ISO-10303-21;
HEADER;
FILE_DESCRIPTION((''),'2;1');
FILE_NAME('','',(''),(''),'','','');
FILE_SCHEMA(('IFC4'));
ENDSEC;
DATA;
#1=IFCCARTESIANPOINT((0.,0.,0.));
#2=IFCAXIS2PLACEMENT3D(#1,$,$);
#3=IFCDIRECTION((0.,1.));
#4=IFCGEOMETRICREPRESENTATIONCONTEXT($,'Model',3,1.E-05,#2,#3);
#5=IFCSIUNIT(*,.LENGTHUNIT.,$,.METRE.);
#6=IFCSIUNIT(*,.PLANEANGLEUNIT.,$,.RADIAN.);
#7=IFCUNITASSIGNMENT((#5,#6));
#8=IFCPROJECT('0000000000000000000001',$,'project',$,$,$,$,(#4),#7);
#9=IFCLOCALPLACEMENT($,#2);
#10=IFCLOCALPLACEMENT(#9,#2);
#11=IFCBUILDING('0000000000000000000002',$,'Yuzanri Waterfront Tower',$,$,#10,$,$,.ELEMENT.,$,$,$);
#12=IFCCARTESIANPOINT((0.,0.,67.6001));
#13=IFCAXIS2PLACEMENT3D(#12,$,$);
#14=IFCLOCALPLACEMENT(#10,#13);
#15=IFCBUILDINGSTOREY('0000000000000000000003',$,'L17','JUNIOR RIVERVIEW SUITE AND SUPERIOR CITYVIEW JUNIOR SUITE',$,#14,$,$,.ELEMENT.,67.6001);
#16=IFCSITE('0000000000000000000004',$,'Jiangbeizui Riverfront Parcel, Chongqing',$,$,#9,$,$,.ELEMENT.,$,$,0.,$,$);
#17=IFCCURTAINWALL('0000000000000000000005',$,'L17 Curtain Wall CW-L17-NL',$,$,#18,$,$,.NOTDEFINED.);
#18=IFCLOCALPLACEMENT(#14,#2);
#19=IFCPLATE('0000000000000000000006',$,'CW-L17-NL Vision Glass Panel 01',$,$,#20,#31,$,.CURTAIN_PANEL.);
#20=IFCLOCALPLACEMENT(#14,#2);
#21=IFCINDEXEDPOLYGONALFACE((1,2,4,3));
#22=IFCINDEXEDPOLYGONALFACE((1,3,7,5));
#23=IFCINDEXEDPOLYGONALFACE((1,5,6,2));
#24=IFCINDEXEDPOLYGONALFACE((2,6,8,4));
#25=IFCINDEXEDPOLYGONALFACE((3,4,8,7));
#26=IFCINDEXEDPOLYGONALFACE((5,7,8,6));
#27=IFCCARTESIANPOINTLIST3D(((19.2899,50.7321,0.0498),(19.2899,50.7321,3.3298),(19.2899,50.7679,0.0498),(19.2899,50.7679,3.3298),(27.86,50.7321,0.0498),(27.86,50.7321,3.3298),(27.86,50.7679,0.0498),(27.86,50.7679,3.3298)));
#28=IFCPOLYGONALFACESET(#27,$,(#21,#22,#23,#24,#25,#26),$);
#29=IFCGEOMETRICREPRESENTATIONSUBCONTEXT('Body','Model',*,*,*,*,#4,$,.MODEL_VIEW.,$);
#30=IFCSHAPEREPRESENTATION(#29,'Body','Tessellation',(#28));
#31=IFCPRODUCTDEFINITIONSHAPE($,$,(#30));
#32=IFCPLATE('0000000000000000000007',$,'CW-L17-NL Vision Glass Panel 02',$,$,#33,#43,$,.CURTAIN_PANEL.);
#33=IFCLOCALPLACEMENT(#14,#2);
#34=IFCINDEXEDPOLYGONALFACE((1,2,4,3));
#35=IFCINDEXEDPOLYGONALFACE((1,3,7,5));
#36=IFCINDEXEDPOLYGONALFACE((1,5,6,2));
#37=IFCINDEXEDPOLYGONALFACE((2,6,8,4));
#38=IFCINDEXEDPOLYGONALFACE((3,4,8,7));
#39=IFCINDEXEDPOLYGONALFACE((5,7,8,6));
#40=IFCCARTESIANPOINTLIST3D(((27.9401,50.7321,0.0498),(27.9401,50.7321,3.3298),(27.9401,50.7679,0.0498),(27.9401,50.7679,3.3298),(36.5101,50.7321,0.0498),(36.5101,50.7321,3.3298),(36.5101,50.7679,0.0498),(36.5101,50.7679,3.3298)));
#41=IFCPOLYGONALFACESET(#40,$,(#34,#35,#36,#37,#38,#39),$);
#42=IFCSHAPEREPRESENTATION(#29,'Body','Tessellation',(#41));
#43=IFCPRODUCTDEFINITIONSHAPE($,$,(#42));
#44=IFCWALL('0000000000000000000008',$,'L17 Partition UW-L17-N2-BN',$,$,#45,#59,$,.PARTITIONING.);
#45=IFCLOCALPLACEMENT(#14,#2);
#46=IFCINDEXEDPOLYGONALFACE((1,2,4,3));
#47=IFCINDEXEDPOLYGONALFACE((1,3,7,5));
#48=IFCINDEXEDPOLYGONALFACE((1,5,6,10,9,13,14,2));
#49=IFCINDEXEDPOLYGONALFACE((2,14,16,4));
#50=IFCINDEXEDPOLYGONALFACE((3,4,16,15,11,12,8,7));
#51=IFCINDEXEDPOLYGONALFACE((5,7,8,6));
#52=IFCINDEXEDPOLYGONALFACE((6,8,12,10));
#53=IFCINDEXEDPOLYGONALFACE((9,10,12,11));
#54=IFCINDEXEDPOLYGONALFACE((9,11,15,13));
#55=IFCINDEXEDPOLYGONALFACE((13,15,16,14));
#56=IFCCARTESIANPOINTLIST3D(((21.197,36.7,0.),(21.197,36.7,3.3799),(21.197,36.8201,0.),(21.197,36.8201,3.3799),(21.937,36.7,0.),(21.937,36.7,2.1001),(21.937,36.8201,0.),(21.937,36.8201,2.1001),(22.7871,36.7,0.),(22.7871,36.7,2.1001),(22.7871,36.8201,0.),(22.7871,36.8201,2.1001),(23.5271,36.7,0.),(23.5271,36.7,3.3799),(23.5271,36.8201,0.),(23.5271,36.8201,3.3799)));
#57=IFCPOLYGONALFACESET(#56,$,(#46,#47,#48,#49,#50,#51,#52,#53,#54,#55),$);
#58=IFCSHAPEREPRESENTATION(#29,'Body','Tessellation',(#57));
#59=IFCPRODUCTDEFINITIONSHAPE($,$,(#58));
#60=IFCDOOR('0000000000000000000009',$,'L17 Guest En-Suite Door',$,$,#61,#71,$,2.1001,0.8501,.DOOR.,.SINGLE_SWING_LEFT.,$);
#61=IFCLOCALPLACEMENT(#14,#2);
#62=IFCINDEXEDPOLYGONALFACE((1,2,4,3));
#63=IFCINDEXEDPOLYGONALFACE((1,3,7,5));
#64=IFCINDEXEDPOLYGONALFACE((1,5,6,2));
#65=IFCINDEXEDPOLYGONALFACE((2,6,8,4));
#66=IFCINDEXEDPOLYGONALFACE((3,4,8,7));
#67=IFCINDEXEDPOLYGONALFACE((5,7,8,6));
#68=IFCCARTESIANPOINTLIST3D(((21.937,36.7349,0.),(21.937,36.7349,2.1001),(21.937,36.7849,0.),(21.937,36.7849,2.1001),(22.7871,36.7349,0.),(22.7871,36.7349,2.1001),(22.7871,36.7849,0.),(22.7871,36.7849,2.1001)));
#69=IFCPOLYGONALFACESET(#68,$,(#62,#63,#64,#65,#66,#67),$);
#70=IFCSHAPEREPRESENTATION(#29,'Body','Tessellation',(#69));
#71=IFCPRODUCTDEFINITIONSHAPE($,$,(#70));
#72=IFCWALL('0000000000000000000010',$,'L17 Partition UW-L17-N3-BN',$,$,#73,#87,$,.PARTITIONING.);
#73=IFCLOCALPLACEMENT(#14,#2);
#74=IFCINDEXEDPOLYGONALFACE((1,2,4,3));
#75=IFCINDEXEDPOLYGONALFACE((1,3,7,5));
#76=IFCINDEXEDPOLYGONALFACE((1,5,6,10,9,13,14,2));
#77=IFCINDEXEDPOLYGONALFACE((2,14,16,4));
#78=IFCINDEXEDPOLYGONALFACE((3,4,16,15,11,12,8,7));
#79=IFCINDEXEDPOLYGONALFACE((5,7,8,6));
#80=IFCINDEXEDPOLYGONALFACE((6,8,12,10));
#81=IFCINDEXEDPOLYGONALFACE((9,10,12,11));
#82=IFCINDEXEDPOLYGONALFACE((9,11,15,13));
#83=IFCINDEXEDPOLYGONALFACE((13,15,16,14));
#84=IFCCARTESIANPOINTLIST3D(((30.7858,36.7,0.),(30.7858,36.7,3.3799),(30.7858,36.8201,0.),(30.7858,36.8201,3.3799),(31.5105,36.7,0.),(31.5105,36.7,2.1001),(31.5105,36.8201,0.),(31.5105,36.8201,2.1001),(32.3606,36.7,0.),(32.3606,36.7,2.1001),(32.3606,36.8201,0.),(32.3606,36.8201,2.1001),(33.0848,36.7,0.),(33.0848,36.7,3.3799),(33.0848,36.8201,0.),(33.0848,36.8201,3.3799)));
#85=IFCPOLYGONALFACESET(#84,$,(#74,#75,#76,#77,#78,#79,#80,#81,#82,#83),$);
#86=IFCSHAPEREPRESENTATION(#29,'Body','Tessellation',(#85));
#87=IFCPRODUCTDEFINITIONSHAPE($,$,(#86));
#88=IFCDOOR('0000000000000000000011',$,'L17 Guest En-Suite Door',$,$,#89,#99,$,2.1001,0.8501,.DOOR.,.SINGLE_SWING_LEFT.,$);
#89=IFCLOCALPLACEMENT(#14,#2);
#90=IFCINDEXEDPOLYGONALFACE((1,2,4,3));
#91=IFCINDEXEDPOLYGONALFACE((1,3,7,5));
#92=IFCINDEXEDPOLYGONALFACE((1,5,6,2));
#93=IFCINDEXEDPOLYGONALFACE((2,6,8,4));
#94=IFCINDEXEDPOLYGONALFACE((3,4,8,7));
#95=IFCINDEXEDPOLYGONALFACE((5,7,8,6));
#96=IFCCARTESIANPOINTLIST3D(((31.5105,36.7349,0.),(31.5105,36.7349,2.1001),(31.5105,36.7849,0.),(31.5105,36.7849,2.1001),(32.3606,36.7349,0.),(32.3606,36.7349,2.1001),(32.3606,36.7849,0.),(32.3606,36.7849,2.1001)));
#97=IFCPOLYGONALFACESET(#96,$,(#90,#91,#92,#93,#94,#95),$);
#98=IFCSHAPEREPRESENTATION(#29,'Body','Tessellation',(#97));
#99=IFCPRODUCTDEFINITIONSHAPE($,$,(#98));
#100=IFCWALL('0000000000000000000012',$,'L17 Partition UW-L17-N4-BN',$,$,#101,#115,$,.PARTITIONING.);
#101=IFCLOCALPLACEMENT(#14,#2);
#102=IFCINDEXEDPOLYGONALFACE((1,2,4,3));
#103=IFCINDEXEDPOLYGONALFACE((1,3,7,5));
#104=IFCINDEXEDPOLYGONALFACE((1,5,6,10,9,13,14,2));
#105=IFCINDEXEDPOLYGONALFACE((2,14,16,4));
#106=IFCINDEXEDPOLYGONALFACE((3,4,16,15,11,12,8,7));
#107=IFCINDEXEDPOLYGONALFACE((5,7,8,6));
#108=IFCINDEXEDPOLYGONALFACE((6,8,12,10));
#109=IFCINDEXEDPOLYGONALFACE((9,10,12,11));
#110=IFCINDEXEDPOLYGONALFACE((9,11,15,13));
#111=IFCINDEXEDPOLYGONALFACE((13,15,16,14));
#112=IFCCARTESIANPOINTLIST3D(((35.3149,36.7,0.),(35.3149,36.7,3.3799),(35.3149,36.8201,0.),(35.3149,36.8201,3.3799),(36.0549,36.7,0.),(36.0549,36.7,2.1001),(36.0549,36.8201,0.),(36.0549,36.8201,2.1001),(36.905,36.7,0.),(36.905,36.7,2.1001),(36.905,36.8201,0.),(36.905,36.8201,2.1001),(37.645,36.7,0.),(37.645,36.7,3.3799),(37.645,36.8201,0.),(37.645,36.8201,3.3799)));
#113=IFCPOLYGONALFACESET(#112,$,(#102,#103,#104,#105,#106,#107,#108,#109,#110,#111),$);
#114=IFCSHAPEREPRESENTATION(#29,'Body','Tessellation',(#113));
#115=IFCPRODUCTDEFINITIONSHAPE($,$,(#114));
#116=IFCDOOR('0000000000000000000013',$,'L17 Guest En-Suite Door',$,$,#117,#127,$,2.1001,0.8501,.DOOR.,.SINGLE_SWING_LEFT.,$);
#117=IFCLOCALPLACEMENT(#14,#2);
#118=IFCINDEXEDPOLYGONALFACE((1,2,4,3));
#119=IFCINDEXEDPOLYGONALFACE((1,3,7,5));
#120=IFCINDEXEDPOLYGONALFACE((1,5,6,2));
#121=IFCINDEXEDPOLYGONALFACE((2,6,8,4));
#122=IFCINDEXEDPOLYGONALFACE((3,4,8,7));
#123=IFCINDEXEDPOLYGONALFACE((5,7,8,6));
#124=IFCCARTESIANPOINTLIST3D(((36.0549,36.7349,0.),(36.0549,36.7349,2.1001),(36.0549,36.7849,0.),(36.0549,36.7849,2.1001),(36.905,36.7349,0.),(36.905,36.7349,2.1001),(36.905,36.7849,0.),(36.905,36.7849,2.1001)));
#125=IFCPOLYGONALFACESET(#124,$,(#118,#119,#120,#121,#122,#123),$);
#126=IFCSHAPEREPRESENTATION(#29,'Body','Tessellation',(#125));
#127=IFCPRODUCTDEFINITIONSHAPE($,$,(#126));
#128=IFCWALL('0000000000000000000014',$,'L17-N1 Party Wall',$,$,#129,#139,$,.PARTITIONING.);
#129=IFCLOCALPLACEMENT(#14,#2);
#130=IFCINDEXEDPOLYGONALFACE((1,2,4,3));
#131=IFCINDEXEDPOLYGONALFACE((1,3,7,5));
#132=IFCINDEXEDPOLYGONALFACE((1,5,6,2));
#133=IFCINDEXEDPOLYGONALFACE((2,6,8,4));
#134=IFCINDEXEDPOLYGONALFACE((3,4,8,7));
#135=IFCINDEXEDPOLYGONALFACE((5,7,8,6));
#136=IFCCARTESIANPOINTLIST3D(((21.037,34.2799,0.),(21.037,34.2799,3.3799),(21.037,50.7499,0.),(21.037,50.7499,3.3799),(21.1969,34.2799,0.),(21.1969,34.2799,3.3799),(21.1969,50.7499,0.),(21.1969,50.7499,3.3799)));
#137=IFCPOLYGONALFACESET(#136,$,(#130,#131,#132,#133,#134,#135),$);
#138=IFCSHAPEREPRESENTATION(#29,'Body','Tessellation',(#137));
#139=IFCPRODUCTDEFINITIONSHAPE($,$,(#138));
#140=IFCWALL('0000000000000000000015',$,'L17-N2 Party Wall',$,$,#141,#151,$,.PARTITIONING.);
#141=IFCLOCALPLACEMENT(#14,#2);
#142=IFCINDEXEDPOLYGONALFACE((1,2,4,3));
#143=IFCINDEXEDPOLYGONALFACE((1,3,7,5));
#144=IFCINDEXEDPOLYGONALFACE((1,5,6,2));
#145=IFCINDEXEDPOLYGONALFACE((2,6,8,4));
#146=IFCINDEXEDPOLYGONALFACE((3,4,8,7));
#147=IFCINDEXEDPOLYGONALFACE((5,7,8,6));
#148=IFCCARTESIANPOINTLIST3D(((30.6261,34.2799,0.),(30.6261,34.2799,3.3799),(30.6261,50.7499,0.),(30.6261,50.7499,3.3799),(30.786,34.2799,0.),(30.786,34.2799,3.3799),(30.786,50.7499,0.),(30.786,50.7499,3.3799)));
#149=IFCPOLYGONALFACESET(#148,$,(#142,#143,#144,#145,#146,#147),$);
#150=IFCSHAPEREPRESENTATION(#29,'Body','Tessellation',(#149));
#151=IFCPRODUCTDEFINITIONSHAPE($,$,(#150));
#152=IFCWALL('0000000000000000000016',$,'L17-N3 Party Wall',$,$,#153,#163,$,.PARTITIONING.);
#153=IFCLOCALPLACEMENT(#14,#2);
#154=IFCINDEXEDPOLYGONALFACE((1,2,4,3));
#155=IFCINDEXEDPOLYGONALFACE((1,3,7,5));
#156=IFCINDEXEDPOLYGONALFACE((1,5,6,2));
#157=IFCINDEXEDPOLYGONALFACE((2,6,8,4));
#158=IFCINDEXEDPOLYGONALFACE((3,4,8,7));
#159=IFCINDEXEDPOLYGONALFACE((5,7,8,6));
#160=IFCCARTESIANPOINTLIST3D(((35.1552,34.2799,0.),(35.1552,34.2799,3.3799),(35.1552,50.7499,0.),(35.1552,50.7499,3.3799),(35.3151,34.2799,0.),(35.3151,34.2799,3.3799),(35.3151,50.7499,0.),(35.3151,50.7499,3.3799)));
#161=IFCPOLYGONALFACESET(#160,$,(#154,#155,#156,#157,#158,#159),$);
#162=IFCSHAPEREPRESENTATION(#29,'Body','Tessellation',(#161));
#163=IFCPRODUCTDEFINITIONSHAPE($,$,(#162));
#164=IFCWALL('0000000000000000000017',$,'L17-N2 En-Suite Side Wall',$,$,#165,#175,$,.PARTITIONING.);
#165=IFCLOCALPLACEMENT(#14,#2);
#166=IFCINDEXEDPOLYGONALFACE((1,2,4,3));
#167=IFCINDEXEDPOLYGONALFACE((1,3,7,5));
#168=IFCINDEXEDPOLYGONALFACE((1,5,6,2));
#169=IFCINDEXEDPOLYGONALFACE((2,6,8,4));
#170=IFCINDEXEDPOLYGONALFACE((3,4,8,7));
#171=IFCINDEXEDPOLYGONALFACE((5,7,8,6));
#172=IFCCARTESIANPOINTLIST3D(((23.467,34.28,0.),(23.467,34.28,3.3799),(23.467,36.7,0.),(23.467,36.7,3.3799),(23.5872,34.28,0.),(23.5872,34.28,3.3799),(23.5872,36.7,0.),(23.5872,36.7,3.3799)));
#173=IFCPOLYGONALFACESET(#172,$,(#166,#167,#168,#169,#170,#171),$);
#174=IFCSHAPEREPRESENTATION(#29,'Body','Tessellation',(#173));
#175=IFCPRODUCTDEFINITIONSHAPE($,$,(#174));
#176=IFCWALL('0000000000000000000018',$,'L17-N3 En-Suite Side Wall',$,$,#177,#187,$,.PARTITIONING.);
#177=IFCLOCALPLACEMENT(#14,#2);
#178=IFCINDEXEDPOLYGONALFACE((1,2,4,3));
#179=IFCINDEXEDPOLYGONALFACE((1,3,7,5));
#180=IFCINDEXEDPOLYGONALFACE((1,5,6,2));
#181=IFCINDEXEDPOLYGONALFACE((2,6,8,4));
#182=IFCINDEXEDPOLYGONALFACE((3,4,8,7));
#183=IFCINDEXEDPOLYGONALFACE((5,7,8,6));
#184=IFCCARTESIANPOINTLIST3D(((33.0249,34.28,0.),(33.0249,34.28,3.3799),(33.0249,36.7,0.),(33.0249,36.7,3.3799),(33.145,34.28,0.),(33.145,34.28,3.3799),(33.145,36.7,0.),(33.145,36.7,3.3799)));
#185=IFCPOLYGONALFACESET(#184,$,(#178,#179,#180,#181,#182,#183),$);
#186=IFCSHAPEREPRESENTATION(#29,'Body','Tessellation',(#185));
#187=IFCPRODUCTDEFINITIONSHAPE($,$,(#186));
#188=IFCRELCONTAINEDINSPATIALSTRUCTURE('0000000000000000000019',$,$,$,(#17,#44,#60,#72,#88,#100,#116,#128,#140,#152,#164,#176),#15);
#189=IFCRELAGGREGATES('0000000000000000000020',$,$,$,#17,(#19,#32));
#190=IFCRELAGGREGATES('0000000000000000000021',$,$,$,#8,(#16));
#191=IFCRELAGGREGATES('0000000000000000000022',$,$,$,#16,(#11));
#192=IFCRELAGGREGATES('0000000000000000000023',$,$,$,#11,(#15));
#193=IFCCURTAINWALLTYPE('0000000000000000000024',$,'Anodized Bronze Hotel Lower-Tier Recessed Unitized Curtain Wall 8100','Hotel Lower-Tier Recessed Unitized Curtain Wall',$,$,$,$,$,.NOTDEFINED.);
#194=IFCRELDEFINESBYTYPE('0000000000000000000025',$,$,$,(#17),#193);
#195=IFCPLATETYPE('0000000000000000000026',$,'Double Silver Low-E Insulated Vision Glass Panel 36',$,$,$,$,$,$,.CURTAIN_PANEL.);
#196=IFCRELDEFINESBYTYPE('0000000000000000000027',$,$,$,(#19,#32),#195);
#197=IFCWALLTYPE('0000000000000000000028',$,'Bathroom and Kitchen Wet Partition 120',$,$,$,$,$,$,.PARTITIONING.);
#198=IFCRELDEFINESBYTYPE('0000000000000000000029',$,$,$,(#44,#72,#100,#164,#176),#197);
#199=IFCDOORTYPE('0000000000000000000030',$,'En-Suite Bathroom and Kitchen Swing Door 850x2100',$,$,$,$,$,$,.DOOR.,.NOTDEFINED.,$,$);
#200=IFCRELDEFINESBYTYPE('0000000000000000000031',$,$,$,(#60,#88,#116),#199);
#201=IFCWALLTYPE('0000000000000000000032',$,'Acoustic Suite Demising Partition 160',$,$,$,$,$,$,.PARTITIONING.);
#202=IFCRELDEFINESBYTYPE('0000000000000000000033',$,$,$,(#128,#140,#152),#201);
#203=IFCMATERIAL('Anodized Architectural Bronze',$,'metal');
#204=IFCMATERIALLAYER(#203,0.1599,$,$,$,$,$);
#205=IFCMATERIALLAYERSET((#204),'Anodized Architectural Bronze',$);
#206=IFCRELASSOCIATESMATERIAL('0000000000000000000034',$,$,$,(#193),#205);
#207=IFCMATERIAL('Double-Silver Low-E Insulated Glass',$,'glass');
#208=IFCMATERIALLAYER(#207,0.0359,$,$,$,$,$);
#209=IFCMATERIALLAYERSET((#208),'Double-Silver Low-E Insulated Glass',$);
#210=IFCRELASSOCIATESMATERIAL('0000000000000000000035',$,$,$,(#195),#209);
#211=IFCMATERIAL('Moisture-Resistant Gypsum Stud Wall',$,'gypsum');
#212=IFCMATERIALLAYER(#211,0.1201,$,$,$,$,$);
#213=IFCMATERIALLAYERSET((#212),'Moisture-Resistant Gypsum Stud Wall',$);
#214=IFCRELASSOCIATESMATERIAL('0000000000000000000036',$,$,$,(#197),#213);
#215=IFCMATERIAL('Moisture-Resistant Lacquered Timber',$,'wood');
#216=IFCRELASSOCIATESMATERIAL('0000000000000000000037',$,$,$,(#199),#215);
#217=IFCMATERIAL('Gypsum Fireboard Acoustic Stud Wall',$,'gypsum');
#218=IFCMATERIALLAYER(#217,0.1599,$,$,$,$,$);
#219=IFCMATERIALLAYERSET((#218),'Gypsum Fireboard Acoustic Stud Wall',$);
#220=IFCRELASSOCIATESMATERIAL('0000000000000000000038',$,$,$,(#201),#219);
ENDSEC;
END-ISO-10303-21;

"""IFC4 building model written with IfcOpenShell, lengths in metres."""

from ifc_helpers import new_model, si_unit, direction, frame, frame_2d, origin, origin_2d, place, context, subcontext, project, spatial, rectangle, extrude, source, transform, mapped, material, layer, layer_set, type_object, element, fill, aggregate, save


model = new_model("IFC4")

# Units and contexts
model_context = context("Model", 3, precision=1e-05, world=origin(), true_north=direction((0.0, 1.0)))
body_context = subcontext(model_context, "Body", "Model", "MODEL_VIEW")
ifc_project = project(units=[si_unit("LENGTHUNIT", "METRE"), si_unit("PLANEANGLEUNIT", "RADIAN")], contexts=[model_context])

# Site, building, storey
site_placement = place(None, origin())
site = spatial("IfcSite", under=ifc_project, at=site_placement, Name="Jiangbeizui Riverfront Parcel, Chongqing", CompositionType="ELEMENT", RefElevation=0.0)
building_placement = place(site_placement, origin())
building = spatial("IfcBuilding", under=site, at=building_placement, Name="Yuzanri Waterfront Tower", CompositionType="ELEMENT")
storey_placement = place(building_placement, frame((0.0, 0.0, 67.6001)))
storey = spatial("IfcBuildingStorey", under=building, at=storey_placement, Name="L17", Description="JUNIOR RIVERVIEW SUITE AND SUPERIOR CITYVIEW JUNIOR SUITE", CompositionType="ELEMENT", Elevation=67.6001)

# Curtain wall, plates
ifc_material_1 = material(Name="Anodized Architectural Bronze", Category="metal")
ifc_layer_1 = layer(ifc_material_1, 0.1599)
ifc_layer_set_1 = layer_set([ifc_layer_1], Name="Anodized Architectural Bronze")
curtain_wall_type = type_object("IfcCurtainWallType", Name="Anodized Bronze Hotel Lower-Tier Recessed Unitized Curtain Wall 8100", Description="Hotel Lower-Tier Recessed Unitized Curtain Wall", PredefinedType="NOTDEFINED", material=ifc_layer_set_1)
curtain_wall_placement = place(storey_placement, origin())
curtain_wall = element("IfcCurtainWall", 1, at=curtain_wall_placement, inside=storey, type_object=curtain_wall_type, Name="L17 Curtain Wall CW-L17-NL", PredefinedType="NOTDEFINED")
ifc_material_2 = material(Name="Double-Silver Low-E Insulated Glass", Category="glass")
ifc_layer_2 = layer(ifc_material_2, 0.0359)
ifc_layer_set_2 = layer_set([ifc_layer_2], Name="Double-Silver Low-E Insulated Glass")
plate_type = type_object("IfcPlateType", Name="Double Silver Low-E Insulated Vision Glass Panel 36", PredefinedType="CURTAIN_PANEL", material=ifc_layer_set_2)
shared_shape_1 = source(origin(), body_context, "Body", "SweptSolid", [
    extrude(rectangle(XDim=8.5701, YDim=0.0359, at=origin_2d()), origin(), (0.0, 0.0, 1.0), 3.28),
])
plate_1_placement = place(storey_placement, frame((23.575, 50.75, 0.0498), z_axis=(0.0, 0.0, 1.0), x_axis=(1.0, 0.0, 0.0)))
plate_1 = element("IfcPlate", 2, at=plate_1_placement, type_object=plate_type, Name="CW-L17-NL Vision Glass Panel 01", PredefinedType="CURTAIN_PANEL", context=body_context, shape_type="MappedRepresentation", body=[
    mapped(shared_shape_1, transform((0.0, 0.0, 0.0), scale=1.0)),
])
plate_2_placement = place(storey_placement, frame((32.2251, 50.75, 0.0498), z_axis=(0.0, 0.0, 1.0), x_axis=(1.0, 0.0, 0.0)))
plate_2 = element("IfcPlate", 3, at=plate_2_placement, type_object=plate_type, Name="CW-L17-NL Vision Glass Panel 02", PredefinedType="CURTAIN_PANEL", context=body_context, shape_type="MappedRepresentation", body=[
    mapped(shared_shape_1, transform((0.0, 0.0, 0.0), scale=1.0)),
])
aggregate(curtain_wall, [plate_1, plate_2])

# Walls, openings, doors
ifc_material_3 = material(Name="Moisture-Resistant Gypsum Stud Wall", Category="gypsum")
ifc_layer_3 = layer(ifc_material_3, 0.1201)
ifc_layer_set_3 = layer_set([ifc_layer_3], Name="Moisture-Resistant Gypsum Stud Wall")
wall_type_1 = type_object("IfcWallType", Name="Bathroom and Kitchen Wet Partition 120", PredefinedType="PARTITIONING", material=ifc_layer_set_3)
wall_1_placement = place(storey_placement, frame((21.197, 36.76, 0.0), z_axis=(0.0, 0.0, 1.0), x_axis=(1.0, 0.0, 0.0)))
wall_1 = element("IfcWall", 4, at=wall_1_placement, inside=storey, type_object=wall_type_1, Name="L17 Partition UW-L17-N2-BN", PredefinedType="PARTITIONING", context=body_context, shape_type="SweptSolid", body=[
    extrude(rectangle(XDim=2.3301, YDim=0.1201, at=frame_2d((1.165, 0.0))), origin(), (0.0, 0.0, 1.0), 3.3799),
])
opening_1_placement = place(wall_1_placement, frame((0.74, 0.0, 0.0)))
opening_1 = element("IfcOpeningElement", 5, at=opening_1_placement, cuts=wall_1, PredefinedType="OPENING", context=body_context, shape_type="SweptSolid", body=[
    extrude(rectangle(XDim=0.8501, YDim=2.1001, at=frame_2d((0.425, 1.05))), frame((0.0, 0.075, 0.0), z_axis=(0.0, -1.0, 0.0), x_axis=(1.0, 0.0, 0.0)), (0.0, 0.0, 1.0), 0.1499),
])
ifc_material_4 = material(Name="Moisture-Resistant Lacquered Timber", Category="wood")
door_type = type_object("IfcDoorType", Name="En-Suite Bathroom and Kitchen Swing Door 850x2100", OperationType="NOTDEFINED", PredefinedType="DOOR", material=ifc_material_4)
shared_shape_2 = source(origin(), body_context, "Body", "SweptSolid", [
    extrude(rectangle(XDim=0.8501, YDim=2.1001, at=frame_2d((0.425, 1.05))), frame((0.0, 0.0249, 0.0), z_axis=(0.0, -1.0, 0.0), x_axis=(1.0, 0.0, 0.0)), (0.0, 0.0, 1.0), 0.05),
])
door_1_placement = place(opening_1_placement, origin())
door_1 = element("IfcDoor", 6, at=door_1_placement, inside=storey, type_object=door_type, Name="L17 Guest En-Suite Door", OperationType="SINGLE_SWING_LEFT", OverallHeight=2.1001, OverallWidth=0.8501, PredefinedType="DOOR", context=body_context, shape_type="MappedRepresentation", body=[
    mapped(shared_shape_2, transform((0.0, 0.0, 0.0), scale=1.0)),
])
fill(opening_1, door_1)
wall_2_placement = place(storey_placement, frame((30.7859, 36.76, 0.0), z_axis=(0.0, 0.0, 1.0), x_axis=(1.0, 0.0, 0.0)))
wall_2 = element("IfcWall", 7, at=wall_2_placement, inside=storey, type_object=wall_type_1, Name="L17 Partition UW-L17-N3-BN", PredefinedType="PARTITIONING", context=body_context, shape_type="SweptSolid", body=[
    extrude(rectangle(XDim=2.2991, YDim=0.1201, at=frame_2d((1.1494, 0.0))), origin(), (0.0, 0.0, 1.0), 3.3799),
])
opening_2_placement = place(wall_2_placement, frame((0.7246, 0.0, 0.0)))
opening_2 = element("IfcOpeningElement", 8, at=opening_2_placement, cuts=wall_2, PredefinedType="OPENING", context=body_context, shape_type="SweptSolid", body=[
    extrude(rectangle(XDim=0.8501, YDim=2.1001, at=frame_2d((0.425, 1.05))), frame((0.0, 0.075, 0.0), z_axis=(0.0, -1.0, 0.0), x_axis=(1.0, 0.0, 0.0)), (0.0, 0.0, 1.0), 0.1499),
])
door_2_placement = place(opening_2_placement, origin())
door_2 = element("IfcDoor", 9, at=door_2_placement, inside=storey, type_object=door_type, Name="L17 Guest En-Suite Door", OperationType="SINGLE_SWING_LEFT", OverallHeight=2.1001, OverallWidth=0.8501, PredefinedType="DOOR", context=body_context, shape_type="MappedRepresentation", body=[
    mapped(shared_shape_2, transform((0.0, 0.0, 0.0), scale=1.0)),
])
fill(opening_2, door_2)
wall_3_placement = place(storey_placement, frame((35.3149, 36.76, 0.0), z_axis=(0.0, 0.0, 1.0), x_axis=(1.0, 0.0, 0.0)))
wall_3 = element("IfcWall", 10, at=wall_3_placement, inside=storey, type_object=wall_type_1, Name="L17 Partition UW-L17-N4-BN", PredefinedType="PARTITIONING", context=body_context, shape_type="SweptSolid", body=[
    extrude(rectangle(XDim=2.3301, YDim=0.1201, at=frame_2d((1.165, 0.0))), origin(), (0.0, 0.0, 1.0), 3.3799),
])
opening_3_placement = place(wall_3_placement, frame((0.74, 0.0, 0.0)))
opening_3 = element("IfcOpeningElement", 11, at=opening_3_placement, cuts=wall_3, PredefinedType="OPENING", context=body_context, shape_type="SweptSolid", body=[
    extrude(rectangle(XDim=0.8501, YDim=2.1001, at=frame_2d((0.425, 1.05))), frame((0.0, 0.075, 0.0), z_axis=(0.0, -1.0, 0.0), x_axis=(1.0, 0.0, 0.0)), (0.0, 0.0, 1.0), 0.1499),
])
door_3_placement = place(opening_3_placement, origin())
door_3 = element("IfcDoor", 12, at=door_3_placement, inside=storey, type_object=door_type, Name="L17 Guest En-Suite Door", OperationType="SINGLE_SWING_LEFT", OverallHeight=2.1001, OverallWidth=0.8501, PredefinedType="DOOR", context=body_context, shape_type="MappedRepresentation", body=[
    mapped(shared_shape_2, transform((0.0, 0.0, 0.0), scale=1.0)),
])
fill(opening_3, door_3)

# Walls
ifc_material_5 = material(Name="Gypsum Fireboard Acoustic Stud Wall", Category="gypsum")
ifc_layer_4 = layer(ifc_material_5, 0.1599)
ifc_layer_set_4 = layer_set([ifc_layer_4], Name="Gypsum Fireboard Acoustic Stud Wall")
wall_type_2 = type_object("IfcWallType", Name="Acoustic Suite Demising Partition 160", PredefinedType="PARTITIONING", material=ifc_layer_set_4)
shared_shape_3 = source(origin(), body_context, "Body", "SweptSolid", [
    extrude(rectangle(XDim=16.47, YDim=0.1599, at=frame_2d((8.2349, 0.0))), origin(), (0.0, 0.0, 1.0), 3.3799),
])
for number, where, z_axis, x_axis, name in (
    (13, (21.1169, 34.28, 0.0), (0.0, 0.0, 1.0), (0.0, 1.0, 0.0), "L17-N1 Party Wall"),
    (14, (30.7061, 34.28, 0.0), (0.0, 0.0, 1.0), (0.0, 1.0, 0.0), "L17-N2 Party Wall"),
    (15, (35.2351, 34.28, 0.0), (0.0, 0.0, 1.0), (0.0, 1.0, 0.0), "L17-N3 Party Wall"),
):
    element("IfcWall", number, at=place(storey_placement, frame(where, z_axis=z_axis, x_axis=x_axis)), inside=storey, type_object=wall_type_2, Name=name, PredefinedType="PARTITIONING", context=body_context, shape_type="MappedRepresentation", body=[
        mapped(shared_shape_3, transform((0.0, 0.0, 0.0), scale=1.0)),
    ])
shared_shape_4 = source(origin(), body_context, "Body", "SweptSolid", [
    extrude(rectangle(XDim=2.4199, YDim=0.1201, at=frame_2d((1.21, 0.0))), origin(), (0.0, 0.0, 1.0), 3.3799),
])
for number, where, z_axis, x_axis, name in (
    (16, (23.5271, 34.28, 0.0), (0.0, 0.0, 1.0), (0.0, 1.0, 0.0), "L17-N2 En-Suite Side Wall"),
    (17, (33.085, 34.28, 0.0), (0.0, 0.0, 1.0), (0.0, 1.0, 0.0), "L17-N3 En-Suite Side Wall"),
):
    element("IfcWall", number, at=place(storey_placement, frame(where, z_axis=z_axis, x_axis=x_axis)), inside=storey, type_object=wall_type_1, Name=name, PredefinedType="PARTITIONING", context=body_context, shape_type="MappedRepresentation", body=[
        mapped(shared_shape_4, transform((0.0, 0.0, 0.0), scale=1.0)),
    ])

save(model, "model.ifc")
